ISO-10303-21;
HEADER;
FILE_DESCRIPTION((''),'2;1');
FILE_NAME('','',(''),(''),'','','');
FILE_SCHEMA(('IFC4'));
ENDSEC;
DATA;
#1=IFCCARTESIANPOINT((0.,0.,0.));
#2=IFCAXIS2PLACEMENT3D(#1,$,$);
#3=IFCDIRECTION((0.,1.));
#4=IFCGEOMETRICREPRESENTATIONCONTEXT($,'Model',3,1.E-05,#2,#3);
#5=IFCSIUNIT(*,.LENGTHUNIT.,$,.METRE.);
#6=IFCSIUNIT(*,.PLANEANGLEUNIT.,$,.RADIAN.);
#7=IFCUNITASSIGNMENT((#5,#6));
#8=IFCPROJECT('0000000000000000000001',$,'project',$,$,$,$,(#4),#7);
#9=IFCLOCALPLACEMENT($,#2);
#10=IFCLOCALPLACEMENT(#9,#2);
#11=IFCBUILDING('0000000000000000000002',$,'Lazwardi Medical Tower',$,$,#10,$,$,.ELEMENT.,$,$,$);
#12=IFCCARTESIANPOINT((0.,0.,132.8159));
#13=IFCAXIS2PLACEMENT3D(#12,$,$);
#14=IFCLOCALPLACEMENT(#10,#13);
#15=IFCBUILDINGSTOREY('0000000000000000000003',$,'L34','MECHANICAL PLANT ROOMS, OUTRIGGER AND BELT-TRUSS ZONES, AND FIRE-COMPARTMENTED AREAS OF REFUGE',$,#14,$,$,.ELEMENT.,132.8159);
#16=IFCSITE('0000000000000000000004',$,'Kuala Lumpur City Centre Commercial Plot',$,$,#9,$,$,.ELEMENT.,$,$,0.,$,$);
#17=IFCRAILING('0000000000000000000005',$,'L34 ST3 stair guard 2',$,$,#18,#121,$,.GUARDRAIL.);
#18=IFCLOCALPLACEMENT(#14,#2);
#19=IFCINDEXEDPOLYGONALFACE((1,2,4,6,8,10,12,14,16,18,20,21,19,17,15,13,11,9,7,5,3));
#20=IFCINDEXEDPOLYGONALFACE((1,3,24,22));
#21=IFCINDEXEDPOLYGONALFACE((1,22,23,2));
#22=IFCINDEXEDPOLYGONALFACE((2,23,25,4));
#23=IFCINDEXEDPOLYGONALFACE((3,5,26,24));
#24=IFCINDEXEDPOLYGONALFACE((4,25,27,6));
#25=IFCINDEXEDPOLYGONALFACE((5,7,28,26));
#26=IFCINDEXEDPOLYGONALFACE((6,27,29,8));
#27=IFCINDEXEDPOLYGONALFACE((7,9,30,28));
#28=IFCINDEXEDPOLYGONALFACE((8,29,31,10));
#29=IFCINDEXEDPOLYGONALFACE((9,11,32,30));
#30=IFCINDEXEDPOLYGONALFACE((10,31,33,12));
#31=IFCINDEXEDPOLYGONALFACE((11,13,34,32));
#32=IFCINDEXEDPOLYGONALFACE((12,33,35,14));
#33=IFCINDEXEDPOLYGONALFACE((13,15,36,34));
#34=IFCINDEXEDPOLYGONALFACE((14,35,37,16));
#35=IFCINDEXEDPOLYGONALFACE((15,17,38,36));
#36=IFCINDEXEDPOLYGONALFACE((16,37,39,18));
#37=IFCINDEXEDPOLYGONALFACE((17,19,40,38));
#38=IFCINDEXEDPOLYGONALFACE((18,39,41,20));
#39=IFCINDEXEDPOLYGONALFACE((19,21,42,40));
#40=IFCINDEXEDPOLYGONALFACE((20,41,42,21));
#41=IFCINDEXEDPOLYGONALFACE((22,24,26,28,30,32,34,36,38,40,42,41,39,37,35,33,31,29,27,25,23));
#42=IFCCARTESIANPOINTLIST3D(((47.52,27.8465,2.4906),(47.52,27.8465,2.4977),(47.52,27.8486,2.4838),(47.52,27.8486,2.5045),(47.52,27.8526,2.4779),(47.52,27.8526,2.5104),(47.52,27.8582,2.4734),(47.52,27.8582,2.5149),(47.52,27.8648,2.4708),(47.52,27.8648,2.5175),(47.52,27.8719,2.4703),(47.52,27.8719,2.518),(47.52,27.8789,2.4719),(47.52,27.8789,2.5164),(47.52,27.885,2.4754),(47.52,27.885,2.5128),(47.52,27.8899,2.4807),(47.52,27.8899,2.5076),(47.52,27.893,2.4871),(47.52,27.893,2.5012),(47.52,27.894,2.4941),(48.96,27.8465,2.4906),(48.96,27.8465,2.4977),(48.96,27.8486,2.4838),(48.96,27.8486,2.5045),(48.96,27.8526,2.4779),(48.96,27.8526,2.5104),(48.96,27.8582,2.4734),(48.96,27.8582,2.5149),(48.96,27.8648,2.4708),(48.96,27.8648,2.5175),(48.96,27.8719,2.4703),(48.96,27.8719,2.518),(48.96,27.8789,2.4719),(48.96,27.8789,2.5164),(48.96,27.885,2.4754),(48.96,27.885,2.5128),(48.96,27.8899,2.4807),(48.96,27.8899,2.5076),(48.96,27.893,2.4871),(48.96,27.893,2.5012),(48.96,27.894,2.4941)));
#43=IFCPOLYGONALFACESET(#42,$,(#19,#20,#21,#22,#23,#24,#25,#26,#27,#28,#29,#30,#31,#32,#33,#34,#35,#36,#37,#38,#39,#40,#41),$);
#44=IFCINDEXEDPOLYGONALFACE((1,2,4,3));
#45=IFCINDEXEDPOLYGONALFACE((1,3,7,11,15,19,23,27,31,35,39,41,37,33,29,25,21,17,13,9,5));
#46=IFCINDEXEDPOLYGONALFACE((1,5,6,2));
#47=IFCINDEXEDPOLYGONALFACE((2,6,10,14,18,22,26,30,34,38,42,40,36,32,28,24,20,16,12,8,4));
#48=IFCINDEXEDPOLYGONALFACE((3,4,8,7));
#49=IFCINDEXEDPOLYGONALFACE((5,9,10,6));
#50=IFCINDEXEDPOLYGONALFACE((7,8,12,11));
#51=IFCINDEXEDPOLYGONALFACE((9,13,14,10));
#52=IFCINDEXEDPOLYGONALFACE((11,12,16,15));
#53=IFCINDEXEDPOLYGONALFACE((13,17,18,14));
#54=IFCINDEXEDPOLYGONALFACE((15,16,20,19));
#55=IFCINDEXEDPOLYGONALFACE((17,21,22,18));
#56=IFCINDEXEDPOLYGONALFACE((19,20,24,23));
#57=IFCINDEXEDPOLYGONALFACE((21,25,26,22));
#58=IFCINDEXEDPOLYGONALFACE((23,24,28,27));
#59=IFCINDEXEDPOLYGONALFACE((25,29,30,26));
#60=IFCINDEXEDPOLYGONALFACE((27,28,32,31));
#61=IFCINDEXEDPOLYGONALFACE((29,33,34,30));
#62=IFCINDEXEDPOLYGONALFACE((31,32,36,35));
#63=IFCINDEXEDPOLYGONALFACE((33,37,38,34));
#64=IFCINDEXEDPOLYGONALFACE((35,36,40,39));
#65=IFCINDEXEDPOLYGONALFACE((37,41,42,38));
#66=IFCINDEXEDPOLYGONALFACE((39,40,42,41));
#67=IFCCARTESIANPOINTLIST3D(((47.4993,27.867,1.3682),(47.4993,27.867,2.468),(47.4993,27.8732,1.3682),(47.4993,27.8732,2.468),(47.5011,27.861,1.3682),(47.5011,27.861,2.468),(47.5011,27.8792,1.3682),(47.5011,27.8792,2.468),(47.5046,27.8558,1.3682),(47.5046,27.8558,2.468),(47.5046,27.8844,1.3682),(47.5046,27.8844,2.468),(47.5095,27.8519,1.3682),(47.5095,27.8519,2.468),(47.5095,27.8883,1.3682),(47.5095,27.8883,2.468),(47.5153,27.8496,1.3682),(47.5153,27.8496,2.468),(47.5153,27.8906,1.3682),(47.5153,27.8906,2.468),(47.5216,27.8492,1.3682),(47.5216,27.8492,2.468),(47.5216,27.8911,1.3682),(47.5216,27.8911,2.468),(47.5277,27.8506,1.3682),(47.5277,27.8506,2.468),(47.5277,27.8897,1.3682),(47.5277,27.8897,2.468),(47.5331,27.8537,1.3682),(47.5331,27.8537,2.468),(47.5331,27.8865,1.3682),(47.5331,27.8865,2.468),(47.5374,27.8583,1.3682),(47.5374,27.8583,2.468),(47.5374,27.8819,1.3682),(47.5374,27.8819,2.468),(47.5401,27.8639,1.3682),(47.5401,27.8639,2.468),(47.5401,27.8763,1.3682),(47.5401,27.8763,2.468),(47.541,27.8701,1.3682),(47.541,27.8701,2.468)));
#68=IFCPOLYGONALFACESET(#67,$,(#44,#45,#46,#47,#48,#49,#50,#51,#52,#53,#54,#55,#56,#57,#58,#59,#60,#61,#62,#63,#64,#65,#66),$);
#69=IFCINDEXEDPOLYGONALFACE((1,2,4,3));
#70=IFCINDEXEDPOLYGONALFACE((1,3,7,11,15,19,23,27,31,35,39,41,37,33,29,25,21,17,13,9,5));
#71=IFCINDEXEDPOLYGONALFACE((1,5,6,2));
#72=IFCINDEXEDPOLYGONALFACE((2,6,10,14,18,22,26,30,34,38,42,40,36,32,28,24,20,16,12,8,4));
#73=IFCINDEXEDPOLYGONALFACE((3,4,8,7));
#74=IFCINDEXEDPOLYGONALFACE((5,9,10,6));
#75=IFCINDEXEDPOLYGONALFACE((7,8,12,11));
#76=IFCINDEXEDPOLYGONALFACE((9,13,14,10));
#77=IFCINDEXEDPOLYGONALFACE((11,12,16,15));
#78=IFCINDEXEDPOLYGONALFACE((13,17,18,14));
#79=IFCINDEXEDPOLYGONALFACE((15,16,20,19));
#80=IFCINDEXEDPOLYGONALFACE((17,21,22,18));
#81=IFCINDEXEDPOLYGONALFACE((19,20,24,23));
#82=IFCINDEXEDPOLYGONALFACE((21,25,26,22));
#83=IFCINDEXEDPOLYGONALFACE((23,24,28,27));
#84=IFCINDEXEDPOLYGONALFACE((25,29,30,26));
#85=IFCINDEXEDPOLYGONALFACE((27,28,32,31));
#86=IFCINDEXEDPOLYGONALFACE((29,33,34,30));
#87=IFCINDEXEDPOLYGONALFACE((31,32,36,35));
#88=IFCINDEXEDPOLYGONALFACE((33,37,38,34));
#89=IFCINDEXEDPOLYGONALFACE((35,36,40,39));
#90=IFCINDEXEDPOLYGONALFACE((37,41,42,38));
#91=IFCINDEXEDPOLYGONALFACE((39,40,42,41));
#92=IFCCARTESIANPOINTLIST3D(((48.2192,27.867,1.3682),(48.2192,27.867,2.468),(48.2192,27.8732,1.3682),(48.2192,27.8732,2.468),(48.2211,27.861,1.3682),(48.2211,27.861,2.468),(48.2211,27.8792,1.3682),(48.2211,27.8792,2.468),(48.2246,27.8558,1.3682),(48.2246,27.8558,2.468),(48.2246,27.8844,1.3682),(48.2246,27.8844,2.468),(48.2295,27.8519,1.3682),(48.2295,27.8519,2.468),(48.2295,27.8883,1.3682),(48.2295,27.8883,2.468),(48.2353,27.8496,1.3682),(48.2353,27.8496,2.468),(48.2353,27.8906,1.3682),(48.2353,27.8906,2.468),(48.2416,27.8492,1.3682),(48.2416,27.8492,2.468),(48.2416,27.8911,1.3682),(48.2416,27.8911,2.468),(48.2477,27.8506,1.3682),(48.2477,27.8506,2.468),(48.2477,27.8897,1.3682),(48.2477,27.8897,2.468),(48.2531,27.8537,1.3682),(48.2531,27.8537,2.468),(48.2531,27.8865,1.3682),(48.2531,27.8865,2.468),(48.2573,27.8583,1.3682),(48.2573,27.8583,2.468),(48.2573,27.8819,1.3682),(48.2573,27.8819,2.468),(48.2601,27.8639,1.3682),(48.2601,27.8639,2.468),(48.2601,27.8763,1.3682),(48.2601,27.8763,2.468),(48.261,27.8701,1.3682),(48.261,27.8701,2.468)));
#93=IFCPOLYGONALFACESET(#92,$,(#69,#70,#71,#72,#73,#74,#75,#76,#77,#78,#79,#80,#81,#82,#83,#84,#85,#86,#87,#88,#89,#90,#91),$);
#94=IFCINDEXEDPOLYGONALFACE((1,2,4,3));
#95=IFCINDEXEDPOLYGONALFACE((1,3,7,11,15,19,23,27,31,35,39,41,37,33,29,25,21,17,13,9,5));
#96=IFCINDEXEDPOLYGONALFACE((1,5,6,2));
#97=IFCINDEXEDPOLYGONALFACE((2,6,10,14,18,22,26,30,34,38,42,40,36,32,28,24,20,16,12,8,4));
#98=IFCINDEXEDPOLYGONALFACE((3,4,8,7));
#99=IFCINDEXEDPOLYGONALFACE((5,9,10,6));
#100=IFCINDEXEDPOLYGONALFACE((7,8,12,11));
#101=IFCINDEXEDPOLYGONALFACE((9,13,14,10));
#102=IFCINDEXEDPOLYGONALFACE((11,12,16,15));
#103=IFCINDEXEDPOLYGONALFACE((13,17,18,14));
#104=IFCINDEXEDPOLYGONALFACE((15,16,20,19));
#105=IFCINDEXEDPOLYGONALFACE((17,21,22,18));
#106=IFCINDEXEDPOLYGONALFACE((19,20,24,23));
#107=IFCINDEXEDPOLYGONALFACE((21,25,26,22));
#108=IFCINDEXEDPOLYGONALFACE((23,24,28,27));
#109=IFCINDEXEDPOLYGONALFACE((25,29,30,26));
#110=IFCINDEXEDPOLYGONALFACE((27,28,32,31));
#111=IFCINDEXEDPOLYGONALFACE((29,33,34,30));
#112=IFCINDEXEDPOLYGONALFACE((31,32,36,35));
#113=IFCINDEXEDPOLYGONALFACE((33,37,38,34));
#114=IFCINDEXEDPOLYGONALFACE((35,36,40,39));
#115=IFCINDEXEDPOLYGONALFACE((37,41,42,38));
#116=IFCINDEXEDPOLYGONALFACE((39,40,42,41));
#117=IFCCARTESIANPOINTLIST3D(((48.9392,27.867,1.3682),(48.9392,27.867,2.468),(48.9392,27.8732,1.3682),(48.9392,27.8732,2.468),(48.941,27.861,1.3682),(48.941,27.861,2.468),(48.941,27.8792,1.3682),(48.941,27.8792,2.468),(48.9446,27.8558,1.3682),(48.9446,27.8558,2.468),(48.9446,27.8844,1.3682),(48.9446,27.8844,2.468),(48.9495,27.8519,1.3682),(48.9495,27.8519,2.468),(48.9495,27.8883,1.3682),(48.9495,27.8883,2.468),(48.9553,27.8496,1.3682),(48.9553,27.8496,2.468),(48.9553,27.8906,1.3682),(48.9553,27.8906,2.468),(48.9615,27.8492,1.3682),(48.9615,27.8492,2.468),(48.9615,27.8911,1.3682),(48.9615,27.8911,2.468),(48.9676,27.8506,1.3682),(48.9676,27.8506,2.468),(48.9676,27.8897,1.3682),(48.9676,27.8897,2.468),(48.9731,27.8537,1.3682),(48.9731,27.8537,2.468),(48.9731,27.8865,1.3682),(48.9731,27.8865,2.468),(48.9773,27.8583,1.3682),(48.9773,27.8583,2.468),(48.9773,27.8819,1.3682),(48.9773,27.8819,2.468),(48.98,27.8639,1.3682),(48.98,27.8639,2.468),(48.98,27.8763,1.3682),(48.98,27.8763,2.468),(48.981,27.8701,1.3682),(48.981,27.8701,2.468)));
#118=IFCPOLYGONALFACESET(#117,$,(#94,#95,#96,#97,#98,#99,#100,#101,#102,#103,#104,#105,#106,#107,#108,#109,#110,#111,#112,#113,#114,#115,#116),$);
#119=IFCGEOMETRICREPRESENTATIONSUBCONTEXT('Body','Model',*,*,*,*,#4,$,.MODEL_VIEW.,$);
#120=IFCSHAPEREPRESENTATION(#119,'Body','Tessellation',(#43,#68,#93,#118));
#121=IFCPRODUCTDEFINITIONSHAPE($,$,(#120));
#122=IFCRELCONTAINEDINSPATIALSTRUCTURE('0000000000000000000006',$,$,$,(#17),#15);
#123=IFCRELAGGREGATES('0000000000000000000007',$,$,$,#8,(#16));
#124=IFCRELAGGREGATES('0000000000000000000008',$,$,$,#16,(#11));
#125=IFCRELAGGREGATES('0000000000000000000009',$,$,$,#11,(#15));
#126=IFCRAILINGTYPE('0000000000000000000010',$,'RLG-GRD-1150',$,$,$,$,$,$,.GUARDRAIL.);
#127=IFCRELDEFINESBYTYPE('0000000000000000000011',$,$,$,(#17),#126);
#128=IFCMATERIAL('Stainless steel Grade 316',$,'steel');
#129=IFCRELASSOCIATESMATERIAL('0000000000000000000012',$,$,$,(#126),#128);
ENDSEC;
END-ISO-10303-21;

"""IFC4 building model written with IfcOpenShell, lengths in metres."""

from ifc_helpers import new_model, si_unit, direction, frame, origin, origin_2d, place, context, subcontext, project, spatial, circle, extrude, material, type_object, element, save


model = new_model("IFC4")

# Units and contexts
model_context = context("Model", 3, precision=1e-05, world=origin(), true_north=direction((0.0, 1.0)))
body_context = subcontext(model_context, "Body", "Model", "MODEL_VIEW")
ifc_project = project(units=[si_unit("LENGTHUNIT", "METRE"), si_unit("PLANEANGLEUNIT", "RADIAN")], contexts=[model_context])

# Site, building, storey
site_placement = place(None, origin())
site = spatial("IfcSite", under=ifc_project, at=site_placement, Name="Kuala Lumpur City Centre Commercial Plot", CompositionType="ELEMENT", RefElevation=0.0)
building_placement = place(site_placement, origin())
building = spatial("IfcBuilding", under=site, at=building_placement, Name="Lazwardi Medical Tower", CompositionType="ELEMENT")
storey_placement = place(building_placement, frame((0.0, 0.0, 132.8159)))
storey = spatial("IfcBuildingStorey", under=building, at=storey_placement, Name="L34", Description="MECHANICAL PLANT ROOMS, OUTRIGGER AND BELT-TRUSS ZONES, AND FIRE-COMPARTMENTED AREAS OF REFUGE", CompositionType="ELEMENT", Elevation=132.8159)

# Railing
ifc_material_1 = material(Name="Stainless steel Grade 316", Category="steel")
railing_type_1 = type_object("IfcRailingType", Name="RLG-GRD-1150", PredefinedType="GUARDRAIL", material=ifc_material_1)
railing_1_placement = place(storey_placement, frame((47.52, 27.8701, 1.3682)))
element("IfcRailing", 1, at=railing_1_placement, inside=storey, type_object=railing_type_1, Name="L34 ST3 stair guard 2", PredefinedType="GUARDRAIL", context=body_context, shape_type="SweptSolid", body=[
    extrude(circle(Radius=0.0239, at=origin_2d()), frame((0.0, 0.0, 1.126), z_axis=(1.0, 0.0, 0.0), x_axis=(0.0, 1.0, 0.0)), (0.0, 0.0, 1.0), 1.4399),
    extrude(circle(Radius=0.021, at=origin_2d()), origin(), (0.0, 0.0, 1.0), 1.0999),
    extrude(circle(Radius=0.021, at=origin_2d()), frame((0.72, 0.0, 0.0)), (0.0, 0.0, 1.0), 1.0999),
    extrude(circle(Radius=0.021, at=origin_2d()), frame((1.4399, 0.0, 0.0)), (0.0, 0.0, 1.0), 1.0999),
])

save(model, "model.ifc")
